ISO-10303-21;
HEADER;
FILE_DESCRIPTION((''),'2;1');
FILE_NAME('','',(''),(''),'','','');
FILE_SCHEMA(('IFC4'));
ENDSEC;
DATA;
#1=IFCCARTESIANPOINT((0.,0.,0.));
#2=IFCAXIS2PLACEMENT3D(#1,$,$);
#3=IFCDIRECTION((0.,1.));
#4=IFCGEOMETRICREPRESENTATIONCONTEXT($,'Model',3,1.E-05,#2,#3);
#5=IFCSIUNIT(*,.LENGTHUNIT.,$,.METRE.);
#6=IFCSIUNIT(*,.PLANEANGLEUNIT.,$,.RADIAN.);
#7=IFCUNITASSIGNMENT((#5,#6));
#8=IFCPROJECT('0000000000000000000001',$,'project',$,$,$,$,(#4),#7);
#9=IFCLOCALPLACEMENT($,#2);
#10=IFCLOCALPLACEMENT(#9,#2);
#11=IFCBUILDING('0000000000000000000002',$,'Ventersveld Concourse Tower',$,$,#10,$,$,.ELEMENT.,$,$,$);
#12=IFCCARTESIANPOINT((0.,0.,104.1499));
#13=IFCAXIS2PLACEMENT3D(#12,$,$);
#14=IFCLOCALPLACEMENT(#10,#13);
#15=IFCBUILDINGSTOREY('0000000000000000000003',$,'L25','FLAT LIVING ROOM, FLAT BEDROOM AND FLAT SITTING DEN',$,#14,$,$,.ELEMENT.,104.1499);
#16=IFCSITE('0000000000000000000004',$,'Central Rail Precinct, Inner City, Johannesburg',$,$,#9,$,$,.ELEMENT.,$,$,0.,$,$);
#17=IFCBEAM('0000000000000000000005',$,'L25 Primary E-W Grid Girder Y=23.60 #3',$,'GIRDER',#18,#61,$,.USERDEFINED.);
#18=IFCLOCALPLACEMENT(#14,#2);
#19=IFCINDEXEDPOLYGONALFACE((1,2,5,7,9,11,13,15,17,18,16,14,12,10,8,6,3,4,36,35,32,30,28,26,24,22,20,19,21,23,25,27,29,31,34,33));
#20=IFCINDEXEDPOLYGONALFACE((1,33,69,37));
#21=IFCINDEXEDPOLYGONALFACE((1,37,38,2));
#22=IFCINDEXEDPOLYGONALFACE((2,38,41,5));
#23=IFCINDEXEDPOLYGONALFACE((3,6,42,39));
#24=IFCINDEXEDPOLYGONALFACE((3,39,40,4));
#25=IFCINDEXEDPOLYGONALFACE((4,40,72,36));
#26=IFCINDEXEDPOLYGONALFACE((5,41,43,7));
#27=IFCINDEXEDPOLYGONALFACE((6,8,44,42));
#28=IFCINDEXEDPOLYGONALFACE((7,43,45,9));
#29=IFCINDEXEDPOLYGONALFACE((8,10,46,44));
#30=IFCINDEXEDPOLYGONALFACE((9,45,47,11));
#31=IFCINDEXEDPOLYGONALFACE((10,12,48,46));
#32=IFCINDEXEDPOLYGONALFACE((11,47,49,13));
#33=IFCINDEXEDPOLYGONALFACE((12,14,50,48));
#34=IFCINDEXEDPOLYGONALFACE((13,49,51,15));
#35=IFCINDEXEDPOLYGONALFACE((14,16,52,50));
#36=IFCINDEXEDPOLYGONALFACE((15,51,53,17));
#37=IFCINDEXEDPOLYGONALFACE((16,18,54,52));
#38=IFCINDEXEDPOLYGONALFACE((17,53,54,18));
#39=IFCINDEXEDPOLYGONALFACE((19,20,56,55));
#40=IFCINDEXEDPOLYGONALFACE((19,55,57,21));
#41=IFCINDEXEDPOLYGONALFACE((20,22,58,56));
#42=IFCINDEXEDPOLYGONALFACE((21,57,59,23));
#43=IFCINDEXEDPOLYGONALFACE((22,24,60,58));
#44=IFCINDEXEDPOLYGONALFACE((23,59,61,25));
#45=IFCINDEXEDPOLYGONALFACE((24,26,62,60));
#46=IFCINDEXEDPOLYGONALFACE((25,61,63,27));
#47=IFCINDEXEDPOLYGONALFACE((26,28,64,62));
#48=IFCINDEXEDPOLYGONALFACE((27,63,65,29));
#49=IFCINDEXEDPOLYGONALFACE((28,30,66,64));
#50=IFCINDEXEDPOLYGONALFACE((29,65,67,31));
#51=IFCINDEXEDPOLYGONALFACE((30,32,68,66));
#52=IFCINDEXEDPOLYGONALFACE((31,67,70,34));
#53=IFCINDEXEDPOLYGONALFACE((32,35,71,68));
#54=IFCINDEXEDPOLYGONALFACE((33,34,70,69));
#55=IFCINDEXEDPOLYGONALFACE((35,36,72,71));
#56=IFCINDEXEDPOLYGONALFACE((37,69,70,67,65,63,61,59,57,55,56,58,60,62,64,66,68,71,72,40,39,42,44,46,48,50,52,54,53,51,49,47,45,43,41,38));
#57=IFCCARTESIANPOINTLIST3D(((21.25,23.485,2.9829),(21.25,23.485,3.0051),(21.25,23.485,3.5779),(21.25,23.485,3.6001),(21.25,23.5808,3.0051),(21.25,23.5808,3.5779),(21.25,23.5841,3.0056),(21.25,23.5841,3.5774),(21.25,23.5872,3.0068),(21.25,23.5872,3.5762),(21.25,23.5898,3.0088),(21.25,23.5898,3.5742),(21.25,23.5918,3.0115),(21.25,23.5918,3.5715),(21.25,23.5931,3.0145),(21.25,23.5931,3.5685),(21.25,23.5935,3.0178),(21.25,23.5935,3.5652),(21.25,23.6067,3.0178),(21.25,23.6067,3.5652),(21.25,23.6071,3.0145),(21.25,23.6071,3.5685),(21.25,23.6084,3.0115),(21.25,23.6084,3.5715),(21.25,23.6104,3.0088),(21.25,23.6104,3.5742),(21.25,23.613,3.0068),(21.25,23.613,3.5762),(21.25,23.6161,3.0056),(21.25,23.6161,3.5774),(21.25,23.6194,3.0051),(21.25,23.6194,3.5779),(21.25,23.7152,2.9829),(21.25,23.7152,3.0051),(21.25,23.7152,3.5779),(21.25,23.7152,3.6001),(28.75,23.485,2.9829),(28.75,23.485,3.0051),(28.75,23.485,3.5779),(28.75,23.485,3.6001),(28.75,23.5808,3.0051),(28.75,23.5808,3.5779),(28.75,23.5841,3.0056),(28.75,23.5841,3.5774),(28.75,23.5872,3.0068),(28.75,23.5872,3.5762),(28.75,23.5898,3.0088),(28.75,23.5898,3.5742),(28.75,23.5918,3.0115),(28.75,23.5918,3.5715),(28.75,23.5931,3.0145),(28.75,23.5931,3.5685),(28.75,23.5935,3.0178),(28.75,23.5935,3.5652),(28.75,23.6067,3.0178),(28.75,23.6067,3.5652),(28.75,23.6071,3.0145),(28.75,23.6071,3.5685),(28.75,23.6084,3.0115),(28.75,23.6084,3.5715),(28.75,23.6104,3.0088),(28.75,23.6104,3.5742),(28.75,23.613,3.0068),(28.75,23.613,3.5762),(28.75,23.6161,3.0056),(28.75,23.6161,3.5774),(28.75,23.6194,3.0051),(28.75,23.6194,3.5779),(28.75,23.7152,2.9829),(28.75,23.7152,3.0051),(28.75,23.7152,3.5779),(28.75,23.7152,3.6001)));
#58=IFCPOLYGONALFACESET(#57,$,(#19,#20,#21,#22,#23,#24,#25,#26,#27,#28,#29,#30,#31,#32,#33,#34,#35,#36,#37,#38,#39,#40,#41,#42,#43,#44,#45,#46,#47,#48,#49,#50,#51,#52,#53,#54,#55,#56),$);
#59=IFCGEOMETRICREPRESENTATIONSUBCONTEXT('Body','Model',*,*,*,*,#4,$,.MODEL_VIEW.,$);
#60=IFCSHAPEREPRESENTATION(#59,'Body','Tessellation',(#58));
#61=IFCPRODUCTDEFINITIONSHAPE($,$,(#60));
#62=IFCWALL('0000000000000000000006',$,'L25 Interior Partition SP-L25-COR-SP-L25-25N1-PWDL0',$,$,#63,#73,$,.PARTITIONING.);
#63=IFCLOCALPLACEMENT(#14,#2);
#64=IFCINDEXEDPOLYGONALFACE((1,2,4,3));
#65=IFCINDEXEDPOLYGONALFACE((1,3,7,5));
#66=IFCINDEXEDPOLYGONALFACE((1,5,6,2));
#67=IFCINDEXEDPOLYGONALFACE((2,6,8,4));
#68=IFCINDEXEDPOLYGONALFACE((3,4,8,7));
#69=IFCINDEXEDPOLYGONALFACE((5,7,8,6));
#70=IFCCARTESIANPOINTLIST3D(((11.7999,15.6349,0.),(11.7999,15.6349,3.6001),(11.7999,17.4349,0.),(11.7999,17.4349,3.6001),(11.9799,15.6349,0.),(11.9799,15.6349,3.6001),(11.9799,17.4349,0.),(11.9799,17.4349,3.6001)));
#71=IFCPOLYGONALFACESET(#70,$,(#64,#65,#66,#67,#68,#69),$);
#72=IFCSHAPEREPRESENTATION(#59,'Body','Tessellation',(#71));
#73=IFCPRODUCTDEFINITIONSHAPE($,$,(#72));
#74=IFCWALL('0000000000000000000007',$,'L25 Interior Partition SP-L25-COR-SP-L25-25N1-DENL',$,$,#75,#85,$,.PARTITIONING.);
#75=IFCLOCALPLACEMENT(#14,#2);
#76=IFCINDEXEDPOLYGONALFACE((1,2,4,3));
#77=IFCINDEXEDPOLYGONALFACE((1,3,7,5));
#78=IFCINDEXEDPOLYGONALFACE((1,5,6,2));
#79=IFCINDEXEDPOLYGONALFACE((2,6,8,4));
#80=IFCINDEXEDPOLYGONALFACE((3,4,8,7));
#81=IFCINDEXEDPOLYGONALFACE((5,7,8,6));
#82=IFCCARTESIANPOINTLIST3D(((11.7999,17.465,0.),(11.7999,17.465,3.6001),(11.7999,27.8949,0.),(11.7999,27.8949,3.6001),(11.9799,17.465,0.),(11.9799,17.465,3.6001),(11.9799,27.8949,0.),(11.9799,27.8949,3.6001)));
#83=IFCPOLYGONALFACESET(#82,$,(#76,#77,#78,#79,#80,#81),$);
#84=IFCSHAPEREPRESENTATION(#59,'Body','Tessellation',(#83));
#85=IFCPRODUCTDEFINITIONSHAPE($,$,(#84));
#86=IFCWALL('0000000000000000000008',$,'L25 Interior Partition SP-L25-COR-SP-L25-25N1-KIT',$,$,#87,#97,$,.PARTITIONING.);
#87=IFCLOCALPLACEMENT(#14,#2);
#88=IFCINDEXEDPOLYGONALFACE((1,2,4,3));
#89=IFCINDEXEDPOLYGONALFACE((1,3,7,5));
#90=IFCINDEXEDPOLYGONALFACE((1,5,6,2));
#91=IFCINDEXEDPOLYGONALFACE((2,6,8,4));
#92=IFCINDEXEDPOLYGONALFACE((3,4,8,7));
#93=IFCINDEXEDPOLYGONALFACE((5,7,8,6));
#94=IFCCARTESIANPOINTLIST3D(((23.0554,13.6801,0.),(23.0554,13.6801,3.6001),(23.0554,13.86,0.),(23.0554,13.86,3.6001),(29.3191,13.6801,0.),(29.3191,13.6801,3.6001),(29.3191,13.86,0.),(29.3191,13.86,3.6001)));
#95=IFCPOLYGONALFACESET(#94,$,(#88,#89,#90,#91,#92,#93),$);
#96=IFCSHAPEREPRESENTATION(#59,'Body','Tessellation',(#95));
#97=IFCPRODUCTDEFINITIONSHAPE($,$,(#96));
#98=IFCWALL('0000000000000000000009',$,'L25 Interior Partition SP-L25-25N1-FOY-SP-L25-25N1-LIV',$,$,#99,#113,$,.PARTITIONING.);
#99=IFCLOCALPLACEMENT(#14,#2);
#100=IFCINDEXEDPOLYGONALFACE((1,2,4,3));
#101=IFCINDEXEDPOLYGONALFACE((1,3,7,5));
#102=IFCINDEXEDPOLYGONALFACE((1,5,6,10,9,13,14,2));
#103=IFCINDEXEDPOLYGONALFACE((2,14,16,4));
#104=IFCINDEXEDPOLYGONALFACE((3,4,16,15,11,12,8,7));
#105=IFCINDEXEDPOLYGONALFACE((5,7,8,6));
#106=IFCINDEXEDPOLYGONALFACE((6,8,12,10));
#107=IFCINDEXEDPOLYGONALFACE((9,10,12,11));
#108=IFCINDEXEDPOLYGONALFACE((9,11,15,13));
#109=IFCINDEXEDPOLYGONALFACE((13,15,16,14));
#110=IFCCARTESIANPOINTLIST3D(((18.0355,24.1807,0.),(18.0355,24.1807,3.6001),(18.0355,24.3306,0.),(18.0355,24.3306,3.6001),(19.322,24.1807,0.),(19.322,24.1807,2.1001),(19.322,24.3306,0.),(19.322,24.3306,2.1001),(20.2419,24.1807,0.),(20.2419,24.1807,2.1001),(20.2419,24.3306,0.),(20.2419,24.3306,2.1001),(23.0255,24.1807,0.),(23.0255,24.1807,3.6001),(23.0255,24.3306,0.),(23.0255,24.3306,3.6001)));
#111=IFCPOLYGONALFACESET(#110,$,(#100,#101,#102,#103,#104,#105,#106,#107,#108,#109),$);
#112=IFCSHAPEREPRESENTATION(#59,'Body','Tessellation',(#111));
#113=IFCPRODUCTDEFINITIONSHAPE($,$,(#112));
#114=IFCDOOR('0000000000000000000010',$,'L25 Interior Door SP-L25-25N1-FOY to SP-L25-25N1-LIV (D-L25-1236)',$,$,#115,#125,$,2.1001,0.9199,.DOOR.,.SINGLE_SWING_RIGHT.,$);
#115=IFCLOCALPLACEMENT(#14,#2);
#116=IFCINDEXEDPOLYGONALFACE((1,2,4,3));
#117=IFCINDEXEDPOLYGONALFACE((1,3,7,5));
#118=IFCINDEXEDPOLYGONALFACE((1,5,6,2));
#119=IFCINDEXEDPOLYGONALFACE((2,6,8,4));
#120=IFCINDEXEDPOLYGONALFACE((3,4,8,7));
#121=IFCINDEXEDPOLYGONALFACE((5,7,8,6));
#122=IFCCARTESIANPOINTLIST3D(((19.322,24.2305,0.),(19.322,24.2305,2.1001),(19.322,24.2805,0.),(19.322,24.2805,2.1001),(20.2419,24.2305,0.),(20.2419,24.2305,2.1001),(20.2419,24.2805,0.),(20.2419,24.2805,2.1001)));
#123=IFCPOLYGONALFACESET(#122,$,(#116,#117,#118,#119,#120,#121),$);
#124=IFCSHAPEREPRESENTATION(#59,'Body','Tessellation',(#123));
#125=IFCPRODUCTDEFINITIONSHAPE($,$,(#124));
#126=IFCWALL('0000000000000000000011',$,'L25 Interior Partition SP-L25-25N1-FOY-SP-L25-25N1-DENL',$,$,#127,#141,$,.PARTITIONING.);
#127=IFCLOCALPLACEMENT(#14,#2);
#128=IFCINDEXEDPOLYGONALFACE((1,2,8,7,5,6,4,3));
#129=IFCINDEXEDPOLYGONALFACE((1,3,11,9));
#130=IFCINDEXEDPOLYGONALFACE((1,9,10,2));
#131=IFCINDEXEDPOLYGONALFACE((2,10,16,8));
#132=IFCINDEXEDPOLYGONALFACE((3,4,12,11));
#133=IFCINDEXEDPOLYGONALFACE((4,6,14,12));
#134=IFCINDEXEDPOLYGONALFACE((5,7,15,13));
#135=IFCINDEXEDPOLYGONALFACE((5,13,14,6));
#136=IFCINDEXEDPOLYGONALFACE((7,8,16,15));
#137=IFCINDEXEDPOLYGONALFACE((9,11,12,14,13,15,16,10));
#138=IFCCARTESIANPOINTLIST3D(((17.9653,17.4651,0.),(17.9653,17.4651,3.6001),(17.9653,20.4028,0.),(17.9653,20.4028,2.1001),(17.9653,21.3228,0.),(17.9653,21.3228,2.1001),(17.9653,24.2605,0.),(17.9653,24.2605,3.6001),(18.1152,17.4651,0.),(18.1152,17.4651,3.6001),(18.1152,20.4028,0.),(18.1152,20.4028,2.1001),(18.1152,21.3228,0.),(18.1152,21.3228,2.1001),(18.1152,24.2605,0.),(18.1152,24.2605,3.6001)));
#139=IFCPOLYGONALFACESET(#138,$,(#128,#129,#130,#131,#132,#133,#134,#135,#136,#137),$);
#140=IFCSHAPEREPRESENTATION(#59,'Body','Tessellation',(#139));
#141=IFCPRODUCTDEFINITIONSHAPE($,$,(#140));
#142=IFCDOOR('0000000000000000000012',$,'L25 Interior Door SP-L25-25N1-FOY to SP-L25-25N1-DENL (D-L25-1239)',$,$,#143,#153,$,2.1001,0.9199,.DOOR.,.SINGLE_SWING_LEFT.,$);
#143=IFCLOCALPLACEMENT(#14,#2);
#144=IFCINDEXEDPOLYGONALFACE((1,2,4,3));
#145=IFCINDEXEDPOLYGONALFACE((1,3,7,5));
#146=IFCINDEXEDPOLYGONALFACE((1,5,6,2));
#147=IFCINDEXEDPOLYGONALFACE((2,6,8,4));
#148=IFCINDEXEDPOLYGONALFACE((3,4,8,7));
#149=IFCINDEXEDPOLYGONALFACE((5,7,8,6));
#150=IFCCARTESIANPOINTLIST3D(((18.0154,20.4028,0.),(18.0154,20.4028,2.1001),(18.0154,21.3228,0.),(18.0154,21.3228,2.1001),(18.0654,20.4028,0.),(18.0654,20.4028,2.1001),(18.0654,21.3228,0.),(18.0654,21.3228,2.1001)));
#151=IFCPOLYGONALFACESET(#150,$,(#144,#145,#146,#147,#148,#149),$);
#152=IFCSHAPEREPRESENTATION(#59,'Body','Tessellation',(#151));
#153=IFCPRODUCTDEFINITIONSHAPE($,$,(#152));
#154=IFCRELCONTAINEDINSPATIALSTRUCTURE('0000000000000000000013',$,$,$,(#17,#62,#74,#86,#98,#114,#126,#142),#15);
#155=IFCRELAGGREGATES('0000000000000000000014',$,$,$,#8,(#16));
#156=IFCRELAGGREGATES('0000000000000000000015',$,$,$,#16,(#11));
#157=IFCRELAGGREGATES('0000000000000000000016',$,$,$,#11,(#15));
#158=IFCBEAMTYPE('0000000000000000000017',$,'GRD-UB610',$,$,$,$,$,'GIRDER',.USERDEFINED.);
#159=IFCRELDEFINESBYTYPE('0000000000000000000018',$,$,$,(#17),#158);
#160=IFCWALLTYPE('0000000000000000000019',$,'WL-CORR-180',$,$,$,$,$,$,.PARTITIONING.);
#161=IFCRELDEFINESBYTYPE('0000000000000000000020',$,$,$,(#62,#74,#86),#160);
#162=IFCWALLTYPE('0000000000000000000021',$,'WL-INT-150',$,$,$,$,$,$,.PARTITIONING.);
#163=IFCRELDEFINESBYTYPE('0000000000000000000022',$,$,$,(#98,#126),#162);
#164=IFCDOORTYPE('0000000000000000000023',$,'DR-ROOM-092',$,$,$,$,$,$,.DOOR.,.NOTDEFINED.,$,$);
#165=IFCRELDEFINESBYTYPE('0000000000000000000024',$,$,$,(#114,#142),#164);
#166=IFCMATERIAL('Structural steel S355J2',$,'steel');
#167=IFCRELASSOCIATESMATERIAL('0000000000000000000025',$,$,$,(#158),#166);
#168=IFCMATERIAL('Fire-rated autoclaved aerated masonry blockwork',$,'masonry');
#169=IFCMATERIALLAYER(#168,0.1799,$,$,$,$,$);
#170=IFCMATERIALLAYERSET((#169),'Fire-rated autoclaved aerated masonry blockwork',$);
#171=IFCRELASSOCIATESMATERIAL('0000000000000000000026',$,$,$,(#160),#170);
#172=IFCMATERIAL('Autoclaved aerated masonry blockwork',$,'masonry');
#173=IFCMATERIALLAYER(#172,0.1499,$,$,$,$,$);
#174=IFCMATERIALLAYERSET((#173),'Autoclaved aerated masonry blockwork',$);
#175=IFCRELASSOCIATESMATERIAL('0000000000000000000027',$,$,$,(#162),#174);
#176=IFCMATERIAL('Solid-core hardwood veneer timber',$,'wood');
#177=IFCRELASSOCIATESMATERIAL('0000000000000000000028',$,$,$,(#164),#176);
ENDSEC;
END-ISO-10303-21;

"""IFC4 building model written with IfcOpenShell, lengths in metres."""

from ifc_helpers import new_model, si_unit, direction, frame, frame_2d, origin, origin_2d, place, context, subcontext, project, spatial, rectangle, i_section, extrude, material, layer, layer_set, material_profile, profile_set, type_object, element, fill, save


model = new_model("IFC4")

# Units and contexts
model_context = context("Model", 3, precision=1e-05, world=origin(), true_north=direction((0.0, 1.0)))
body_context = subcontext(model_context, "Body", "Model", "MODEL_VIEW")
ifc_project = project(units=[si_unit("LENGTHUNIT", "METRE"), si_unit("PLANEANGLEUNIT", "RADIAN")], contexts=[model_context])

# Site, building, storey
site_placement = place(None, origin())
site = spatial("IfcSite", under=ifc_project, at=site_placement, Name="Central Rail Precinct, Inner City, Johannesburg", CompositionType="ELEMENT", RefElevation=0.0)
building_placement = place(site_placement, origin())
building = spatial("IfcBuilding", under=site, at=building_placement, Name="Ventersveld Concourse Tower", CompositionType="ELEMENT")
storey_placement = place(building_placement, frame((0.0, 0.0, 104.1499)))
storey = spatial("IfcBuildingStorey", under=building, at=storey_placement, Name="L25", Description="FLAT LIVING ROOM, FLAT BEDROOM AND FLAT SITTING DEN", CompositionType="ELEMENT", Elevation=104.1499)

# Beam
ifc_material_1 = material(Name="Structural steel S355J2", Category="steel")
ifc_material_profile_1 = material_profile(ifc_material_1, i_section(OverallWidth=0.2302, OverallDepth=0.6172, WebThickness=0.0132, FlangeThickness=0.0222, FilletRadius=0.0127, at=origin_2d()), Name="UB 610x229x140")
ifc_profile_set_1 = profile_set([ifc_material_profile_1], Name="Structural steel S355J2")
beam_type_1 = type_object("IfcBeamType", Name="GRD-UB610", ElementType="GIRDER", PredefinedType="USERDEFINED", material=ifc_profile_set_1)
for number, where, z_axis, x_axis, name in (
    (1, (21.25, 23.6001, 3.2915), (1.0, 0.0, 0.0), (0.0, 1.0, 0.0), "L25 Primary E-W Grid Girder Y=23.60 #3"),
):
    element("IfcBeam", number, at=place(storey_placement, frame(where, z_axis=z_axis, x_axis=x_axis)), inside=storey, type_object=beam_type_1, Name=name, ObjectType="GIRDER", PredefinedType="USERDEFINED", context=body_context, shape_type="SweptSolid", body=[
        extrude(i_section(OverallWidth=0.2302, OverallDepth=0.6172, WebThickness=0.0132, FlangeThickness=0.0222, FilletRadius=0.0127, at=origin_2d()), origin(), (0.0, 0.0, 1.0), 7.5),
    ])

# Shared definitions
ifc_material_2 = material(Name="Fire-rated autoclaved aerated masonry blockwork", Category="masonry")
ifc_layer_1 = layer(ifc_material_2, 0.1799)
ifc_layer_set_1 = layer_set([ifc_layer_1], Name="Fire-rated autoclaved aerated masonry blockwork")
wall_type_1 = type_object("IfcWallType", Name="WL-CORR-180", PredefinedType="PARTITIONING", material=ifc_layer_set_1)
ifc_material_3 = material(Name="Solid-core hardwood veneer timber", Category="wood")

# Walls
wall_1_placement = place(storey_placement, frame((11.8899, 15.635, 0.0), z_axis=(0.0, 0.0, 1.0), x_axis=(0.0, 1.0, 0.0)))
element("IfcWall", 2, at=wall_1_placement, inside=storey, type_object=wall_type_1, Name="L25 Interior Partition SP-L25-COR-SP-L25-25N1-PWDL0", PredefinedType="PARTITIONING", context=body_context, shape_type="SweptSolid", body=[
    extrude(rectangle(XDim=1.8, YDim=0.1799, at=frame_2d((0.8999, 0.0))), origin(), (0.0, 0.0, 1.0), 3.6001),
])
wall_2_placement = place(storey_placement, frame((11.8899, 17.4651, 0.0), z_axis=(0.0, 0.0, 1.0), x_axis=(0.0, 1.0, 0.0)))
element("IfcWall", 3, at=wall_2_placement, inside=storey, type_object=wall_type_1, Name="L25 Interior Partition SP-L25-COR-SP-L25-25N1-DENL", PredefinedType="PARTITIONING", context=body_context, shape_type="SweptSolid", body=[
    extrude(rectangle(XDim=10.4299, YDim=0.1799, at=frame_2d((5.2148, 0.0))), origin(), (0.0, 0.0, 1.0), 3.6001),
])
wall_3_placement = place(storey_placement, frame((23.0554, 13.77, 0.0), z_axis=(0.0, 0.0, 1.0), x_axis=(1.0, 0.0, 0.0)))
element("IfcWall", 4, at=wall_3_placement, inside=storey, type_object=wall_type_1, Name="L25 Interior Partition SP-L25-COR-SP-L25-25N1-KIT", PredefinedType="PARTITIONING", context=body_context, shape_type="SweptSolid", body=[
    extrude(rectangle(XDim=6.2637, YDim=0.1799, at=frame_2d((3.1318, 0.0))), origin(), (0.0, 0.0, 1.0), 3.6001),
])

# Walls, openings, doors
ifc_material_4 = material(Name="Autoclaved aerated masonry blockwork", Category="masonry")
ifc_layer_2 = layer(ifc_material_4, 0.1499)
ifc_layer_set_2 = layer_set([ifc_layer_2], Name="Autoclaved aerated masonry blockwork")
wall_type_2 = type_object("IfcWallType", Name="WL-INT-150", PredefinedType="PARTITIONING", material=ifc_layer_set_2)
wall_4_placement = place(storey_placement, frame((18.0354, 24.2556, 0.0), z_axis=(0.0, 0.0, 1.0), x_axis=(1.0, 0.0, 0.0)))
wall_4 = element("IfcWall", 5, at=wall_4_placement, inside=storey, type_object=wall_type_2, Name="L25 Interior Partition SP-L25-25N1-FOY-SP-L25-25N1-LIV", PredefinedType="PARTITIONING", context=body_context, shape_type="SweptSolid", body=[
    extrude(rectangle(XDim=4.99, YDim=0.1499, at=frame_2d((2.4951, 0.0))), origin(), (0.0, 0.0, 1.0), 3.6001),
])
opening_1_placement = place(wall_4_placement, frame((1.2866, 0.0, 0.0)))
opening_1 = element("IfcOpeningElement", 6, at=opening_1_placement, cuts=wall_4, PredefinedType="OPENING", context=body_context, shape_type="SweptSolid", body=[
    extrude(rectangle(XDim=0.9199, YDim=2.1001, at=frame_2d((0.46, 1.05))), frame((0.0, 0.085, 0.0), z_axis=(0.0, -1.0, 0.0), x_axis=(1.0, 0.0, 0.0)), (0.0, 0.0, 1.0), 0.1699),
])
door_type_1 = type_object("IfcDoorType", Name="DR-ROOM-092", OperationType="NOTDEFINED", PredefinedType="DOOR", material=ifc_material_3)
door_1_placement = place(opening_1_placement, origin())
door_1 = element("IfcDoor", 7, at=door_1_placement, inside=storey, type_object=door_type_1, Name="L25 Interior Door SP-L25-25N1-FOY to SP-L25-25N1-LIV (D-L25-1236)", OperationType="SINGLE_SWING_RIGHT", OverallHeight=2.1001, OverallWidth=0.9199, PredefinedType="DOOR", context=body_context, shape_type="SweptSolid", body=[
    extrude(rectangle(XDim=0.9199, YDim=2.1001, at=frame_2d((0.46, 1.05))), frame((0.0, 0.0249, 0.0), z_axis=(0.0, -1.0, 0.0), x_axis=(1.0, 0.0, 0.0)), (0.0, 0.0, 1.0), 0.05),
])
fill(opening_1, door_1)
wall_5_placement = place(storey_placement, frame((18.0403, 17.4651, 0.0), z_axis=(0.0, 0.0, 1.0), x_axis=(0.0, 1.0, 0.0)))
wall_5 = element("IfcWall", 8, at=wall_5_placement, inside=storey, type_object=wall_type_2, Name="L25 Interior Partition SP-L25-25N1-FOY-SP-L25-25N1-DENL", PredefinedType="PARTITIONING", context=body_context, shape_type="SweptSolid", body=[
    extrude(rectangle(XDim=6.7954, YDim=0.1499, at=frame_2d((3.3977, 0.0))), origin(), (0.0, 0.0, 1.0), 3.6001),
])
opening_2_placement = place(wall_5_placement, frame((2.9377, 0.0, 0.0)))
opening_2 = element("IfcOpeningElement", 9, at=opening_2_placement, cuts=wall_5, PredefinedType="OPENING", context=body_context, shape_type="SweptSolid", body=[
    extrude(rectangle(XDim=0.9199, YDim=2.1001, at=frame_2d((0.46, 1.05))), frame((0.0, 0.085, 0.0), z_axis=(0.0, -1.0, 0.0), x_axis=(1.0, 0.0, 0.0)), (0.0, 0.0, 1.0), 0.1699),
])
door_2_placement = place(opening_2_placement, origin())
door_2 = element("IfcDoor", 10, at=door_2_placement, inside=storey, type_object=door_type_1, Name="L25 Interior Door SP-L25-25N1-FOY to SP-L25-25N1-DENL (D-L25-1239)", OperationType="SINGLE_SWING_LEFT", OverallHeight=2.1001, OverallWidth=0.9199, PredefinedType="DOOR", context=body_context, shape_type="SweptSolid", body=[
    extrude(rectangle(XDim=0.9199, YDim=2.1001, at=frame_2d((0.46, 1.05))), frame((0.0, 0.0249, 0.0), z_axis=(0.0, -1.0, 0.0), x_axis=(1.0, 0.0, 0.0)), (0.0, 0.0, 1.0), 0.05),
])
fill(opening_2, door_2)

save(model, "model.ifc")
